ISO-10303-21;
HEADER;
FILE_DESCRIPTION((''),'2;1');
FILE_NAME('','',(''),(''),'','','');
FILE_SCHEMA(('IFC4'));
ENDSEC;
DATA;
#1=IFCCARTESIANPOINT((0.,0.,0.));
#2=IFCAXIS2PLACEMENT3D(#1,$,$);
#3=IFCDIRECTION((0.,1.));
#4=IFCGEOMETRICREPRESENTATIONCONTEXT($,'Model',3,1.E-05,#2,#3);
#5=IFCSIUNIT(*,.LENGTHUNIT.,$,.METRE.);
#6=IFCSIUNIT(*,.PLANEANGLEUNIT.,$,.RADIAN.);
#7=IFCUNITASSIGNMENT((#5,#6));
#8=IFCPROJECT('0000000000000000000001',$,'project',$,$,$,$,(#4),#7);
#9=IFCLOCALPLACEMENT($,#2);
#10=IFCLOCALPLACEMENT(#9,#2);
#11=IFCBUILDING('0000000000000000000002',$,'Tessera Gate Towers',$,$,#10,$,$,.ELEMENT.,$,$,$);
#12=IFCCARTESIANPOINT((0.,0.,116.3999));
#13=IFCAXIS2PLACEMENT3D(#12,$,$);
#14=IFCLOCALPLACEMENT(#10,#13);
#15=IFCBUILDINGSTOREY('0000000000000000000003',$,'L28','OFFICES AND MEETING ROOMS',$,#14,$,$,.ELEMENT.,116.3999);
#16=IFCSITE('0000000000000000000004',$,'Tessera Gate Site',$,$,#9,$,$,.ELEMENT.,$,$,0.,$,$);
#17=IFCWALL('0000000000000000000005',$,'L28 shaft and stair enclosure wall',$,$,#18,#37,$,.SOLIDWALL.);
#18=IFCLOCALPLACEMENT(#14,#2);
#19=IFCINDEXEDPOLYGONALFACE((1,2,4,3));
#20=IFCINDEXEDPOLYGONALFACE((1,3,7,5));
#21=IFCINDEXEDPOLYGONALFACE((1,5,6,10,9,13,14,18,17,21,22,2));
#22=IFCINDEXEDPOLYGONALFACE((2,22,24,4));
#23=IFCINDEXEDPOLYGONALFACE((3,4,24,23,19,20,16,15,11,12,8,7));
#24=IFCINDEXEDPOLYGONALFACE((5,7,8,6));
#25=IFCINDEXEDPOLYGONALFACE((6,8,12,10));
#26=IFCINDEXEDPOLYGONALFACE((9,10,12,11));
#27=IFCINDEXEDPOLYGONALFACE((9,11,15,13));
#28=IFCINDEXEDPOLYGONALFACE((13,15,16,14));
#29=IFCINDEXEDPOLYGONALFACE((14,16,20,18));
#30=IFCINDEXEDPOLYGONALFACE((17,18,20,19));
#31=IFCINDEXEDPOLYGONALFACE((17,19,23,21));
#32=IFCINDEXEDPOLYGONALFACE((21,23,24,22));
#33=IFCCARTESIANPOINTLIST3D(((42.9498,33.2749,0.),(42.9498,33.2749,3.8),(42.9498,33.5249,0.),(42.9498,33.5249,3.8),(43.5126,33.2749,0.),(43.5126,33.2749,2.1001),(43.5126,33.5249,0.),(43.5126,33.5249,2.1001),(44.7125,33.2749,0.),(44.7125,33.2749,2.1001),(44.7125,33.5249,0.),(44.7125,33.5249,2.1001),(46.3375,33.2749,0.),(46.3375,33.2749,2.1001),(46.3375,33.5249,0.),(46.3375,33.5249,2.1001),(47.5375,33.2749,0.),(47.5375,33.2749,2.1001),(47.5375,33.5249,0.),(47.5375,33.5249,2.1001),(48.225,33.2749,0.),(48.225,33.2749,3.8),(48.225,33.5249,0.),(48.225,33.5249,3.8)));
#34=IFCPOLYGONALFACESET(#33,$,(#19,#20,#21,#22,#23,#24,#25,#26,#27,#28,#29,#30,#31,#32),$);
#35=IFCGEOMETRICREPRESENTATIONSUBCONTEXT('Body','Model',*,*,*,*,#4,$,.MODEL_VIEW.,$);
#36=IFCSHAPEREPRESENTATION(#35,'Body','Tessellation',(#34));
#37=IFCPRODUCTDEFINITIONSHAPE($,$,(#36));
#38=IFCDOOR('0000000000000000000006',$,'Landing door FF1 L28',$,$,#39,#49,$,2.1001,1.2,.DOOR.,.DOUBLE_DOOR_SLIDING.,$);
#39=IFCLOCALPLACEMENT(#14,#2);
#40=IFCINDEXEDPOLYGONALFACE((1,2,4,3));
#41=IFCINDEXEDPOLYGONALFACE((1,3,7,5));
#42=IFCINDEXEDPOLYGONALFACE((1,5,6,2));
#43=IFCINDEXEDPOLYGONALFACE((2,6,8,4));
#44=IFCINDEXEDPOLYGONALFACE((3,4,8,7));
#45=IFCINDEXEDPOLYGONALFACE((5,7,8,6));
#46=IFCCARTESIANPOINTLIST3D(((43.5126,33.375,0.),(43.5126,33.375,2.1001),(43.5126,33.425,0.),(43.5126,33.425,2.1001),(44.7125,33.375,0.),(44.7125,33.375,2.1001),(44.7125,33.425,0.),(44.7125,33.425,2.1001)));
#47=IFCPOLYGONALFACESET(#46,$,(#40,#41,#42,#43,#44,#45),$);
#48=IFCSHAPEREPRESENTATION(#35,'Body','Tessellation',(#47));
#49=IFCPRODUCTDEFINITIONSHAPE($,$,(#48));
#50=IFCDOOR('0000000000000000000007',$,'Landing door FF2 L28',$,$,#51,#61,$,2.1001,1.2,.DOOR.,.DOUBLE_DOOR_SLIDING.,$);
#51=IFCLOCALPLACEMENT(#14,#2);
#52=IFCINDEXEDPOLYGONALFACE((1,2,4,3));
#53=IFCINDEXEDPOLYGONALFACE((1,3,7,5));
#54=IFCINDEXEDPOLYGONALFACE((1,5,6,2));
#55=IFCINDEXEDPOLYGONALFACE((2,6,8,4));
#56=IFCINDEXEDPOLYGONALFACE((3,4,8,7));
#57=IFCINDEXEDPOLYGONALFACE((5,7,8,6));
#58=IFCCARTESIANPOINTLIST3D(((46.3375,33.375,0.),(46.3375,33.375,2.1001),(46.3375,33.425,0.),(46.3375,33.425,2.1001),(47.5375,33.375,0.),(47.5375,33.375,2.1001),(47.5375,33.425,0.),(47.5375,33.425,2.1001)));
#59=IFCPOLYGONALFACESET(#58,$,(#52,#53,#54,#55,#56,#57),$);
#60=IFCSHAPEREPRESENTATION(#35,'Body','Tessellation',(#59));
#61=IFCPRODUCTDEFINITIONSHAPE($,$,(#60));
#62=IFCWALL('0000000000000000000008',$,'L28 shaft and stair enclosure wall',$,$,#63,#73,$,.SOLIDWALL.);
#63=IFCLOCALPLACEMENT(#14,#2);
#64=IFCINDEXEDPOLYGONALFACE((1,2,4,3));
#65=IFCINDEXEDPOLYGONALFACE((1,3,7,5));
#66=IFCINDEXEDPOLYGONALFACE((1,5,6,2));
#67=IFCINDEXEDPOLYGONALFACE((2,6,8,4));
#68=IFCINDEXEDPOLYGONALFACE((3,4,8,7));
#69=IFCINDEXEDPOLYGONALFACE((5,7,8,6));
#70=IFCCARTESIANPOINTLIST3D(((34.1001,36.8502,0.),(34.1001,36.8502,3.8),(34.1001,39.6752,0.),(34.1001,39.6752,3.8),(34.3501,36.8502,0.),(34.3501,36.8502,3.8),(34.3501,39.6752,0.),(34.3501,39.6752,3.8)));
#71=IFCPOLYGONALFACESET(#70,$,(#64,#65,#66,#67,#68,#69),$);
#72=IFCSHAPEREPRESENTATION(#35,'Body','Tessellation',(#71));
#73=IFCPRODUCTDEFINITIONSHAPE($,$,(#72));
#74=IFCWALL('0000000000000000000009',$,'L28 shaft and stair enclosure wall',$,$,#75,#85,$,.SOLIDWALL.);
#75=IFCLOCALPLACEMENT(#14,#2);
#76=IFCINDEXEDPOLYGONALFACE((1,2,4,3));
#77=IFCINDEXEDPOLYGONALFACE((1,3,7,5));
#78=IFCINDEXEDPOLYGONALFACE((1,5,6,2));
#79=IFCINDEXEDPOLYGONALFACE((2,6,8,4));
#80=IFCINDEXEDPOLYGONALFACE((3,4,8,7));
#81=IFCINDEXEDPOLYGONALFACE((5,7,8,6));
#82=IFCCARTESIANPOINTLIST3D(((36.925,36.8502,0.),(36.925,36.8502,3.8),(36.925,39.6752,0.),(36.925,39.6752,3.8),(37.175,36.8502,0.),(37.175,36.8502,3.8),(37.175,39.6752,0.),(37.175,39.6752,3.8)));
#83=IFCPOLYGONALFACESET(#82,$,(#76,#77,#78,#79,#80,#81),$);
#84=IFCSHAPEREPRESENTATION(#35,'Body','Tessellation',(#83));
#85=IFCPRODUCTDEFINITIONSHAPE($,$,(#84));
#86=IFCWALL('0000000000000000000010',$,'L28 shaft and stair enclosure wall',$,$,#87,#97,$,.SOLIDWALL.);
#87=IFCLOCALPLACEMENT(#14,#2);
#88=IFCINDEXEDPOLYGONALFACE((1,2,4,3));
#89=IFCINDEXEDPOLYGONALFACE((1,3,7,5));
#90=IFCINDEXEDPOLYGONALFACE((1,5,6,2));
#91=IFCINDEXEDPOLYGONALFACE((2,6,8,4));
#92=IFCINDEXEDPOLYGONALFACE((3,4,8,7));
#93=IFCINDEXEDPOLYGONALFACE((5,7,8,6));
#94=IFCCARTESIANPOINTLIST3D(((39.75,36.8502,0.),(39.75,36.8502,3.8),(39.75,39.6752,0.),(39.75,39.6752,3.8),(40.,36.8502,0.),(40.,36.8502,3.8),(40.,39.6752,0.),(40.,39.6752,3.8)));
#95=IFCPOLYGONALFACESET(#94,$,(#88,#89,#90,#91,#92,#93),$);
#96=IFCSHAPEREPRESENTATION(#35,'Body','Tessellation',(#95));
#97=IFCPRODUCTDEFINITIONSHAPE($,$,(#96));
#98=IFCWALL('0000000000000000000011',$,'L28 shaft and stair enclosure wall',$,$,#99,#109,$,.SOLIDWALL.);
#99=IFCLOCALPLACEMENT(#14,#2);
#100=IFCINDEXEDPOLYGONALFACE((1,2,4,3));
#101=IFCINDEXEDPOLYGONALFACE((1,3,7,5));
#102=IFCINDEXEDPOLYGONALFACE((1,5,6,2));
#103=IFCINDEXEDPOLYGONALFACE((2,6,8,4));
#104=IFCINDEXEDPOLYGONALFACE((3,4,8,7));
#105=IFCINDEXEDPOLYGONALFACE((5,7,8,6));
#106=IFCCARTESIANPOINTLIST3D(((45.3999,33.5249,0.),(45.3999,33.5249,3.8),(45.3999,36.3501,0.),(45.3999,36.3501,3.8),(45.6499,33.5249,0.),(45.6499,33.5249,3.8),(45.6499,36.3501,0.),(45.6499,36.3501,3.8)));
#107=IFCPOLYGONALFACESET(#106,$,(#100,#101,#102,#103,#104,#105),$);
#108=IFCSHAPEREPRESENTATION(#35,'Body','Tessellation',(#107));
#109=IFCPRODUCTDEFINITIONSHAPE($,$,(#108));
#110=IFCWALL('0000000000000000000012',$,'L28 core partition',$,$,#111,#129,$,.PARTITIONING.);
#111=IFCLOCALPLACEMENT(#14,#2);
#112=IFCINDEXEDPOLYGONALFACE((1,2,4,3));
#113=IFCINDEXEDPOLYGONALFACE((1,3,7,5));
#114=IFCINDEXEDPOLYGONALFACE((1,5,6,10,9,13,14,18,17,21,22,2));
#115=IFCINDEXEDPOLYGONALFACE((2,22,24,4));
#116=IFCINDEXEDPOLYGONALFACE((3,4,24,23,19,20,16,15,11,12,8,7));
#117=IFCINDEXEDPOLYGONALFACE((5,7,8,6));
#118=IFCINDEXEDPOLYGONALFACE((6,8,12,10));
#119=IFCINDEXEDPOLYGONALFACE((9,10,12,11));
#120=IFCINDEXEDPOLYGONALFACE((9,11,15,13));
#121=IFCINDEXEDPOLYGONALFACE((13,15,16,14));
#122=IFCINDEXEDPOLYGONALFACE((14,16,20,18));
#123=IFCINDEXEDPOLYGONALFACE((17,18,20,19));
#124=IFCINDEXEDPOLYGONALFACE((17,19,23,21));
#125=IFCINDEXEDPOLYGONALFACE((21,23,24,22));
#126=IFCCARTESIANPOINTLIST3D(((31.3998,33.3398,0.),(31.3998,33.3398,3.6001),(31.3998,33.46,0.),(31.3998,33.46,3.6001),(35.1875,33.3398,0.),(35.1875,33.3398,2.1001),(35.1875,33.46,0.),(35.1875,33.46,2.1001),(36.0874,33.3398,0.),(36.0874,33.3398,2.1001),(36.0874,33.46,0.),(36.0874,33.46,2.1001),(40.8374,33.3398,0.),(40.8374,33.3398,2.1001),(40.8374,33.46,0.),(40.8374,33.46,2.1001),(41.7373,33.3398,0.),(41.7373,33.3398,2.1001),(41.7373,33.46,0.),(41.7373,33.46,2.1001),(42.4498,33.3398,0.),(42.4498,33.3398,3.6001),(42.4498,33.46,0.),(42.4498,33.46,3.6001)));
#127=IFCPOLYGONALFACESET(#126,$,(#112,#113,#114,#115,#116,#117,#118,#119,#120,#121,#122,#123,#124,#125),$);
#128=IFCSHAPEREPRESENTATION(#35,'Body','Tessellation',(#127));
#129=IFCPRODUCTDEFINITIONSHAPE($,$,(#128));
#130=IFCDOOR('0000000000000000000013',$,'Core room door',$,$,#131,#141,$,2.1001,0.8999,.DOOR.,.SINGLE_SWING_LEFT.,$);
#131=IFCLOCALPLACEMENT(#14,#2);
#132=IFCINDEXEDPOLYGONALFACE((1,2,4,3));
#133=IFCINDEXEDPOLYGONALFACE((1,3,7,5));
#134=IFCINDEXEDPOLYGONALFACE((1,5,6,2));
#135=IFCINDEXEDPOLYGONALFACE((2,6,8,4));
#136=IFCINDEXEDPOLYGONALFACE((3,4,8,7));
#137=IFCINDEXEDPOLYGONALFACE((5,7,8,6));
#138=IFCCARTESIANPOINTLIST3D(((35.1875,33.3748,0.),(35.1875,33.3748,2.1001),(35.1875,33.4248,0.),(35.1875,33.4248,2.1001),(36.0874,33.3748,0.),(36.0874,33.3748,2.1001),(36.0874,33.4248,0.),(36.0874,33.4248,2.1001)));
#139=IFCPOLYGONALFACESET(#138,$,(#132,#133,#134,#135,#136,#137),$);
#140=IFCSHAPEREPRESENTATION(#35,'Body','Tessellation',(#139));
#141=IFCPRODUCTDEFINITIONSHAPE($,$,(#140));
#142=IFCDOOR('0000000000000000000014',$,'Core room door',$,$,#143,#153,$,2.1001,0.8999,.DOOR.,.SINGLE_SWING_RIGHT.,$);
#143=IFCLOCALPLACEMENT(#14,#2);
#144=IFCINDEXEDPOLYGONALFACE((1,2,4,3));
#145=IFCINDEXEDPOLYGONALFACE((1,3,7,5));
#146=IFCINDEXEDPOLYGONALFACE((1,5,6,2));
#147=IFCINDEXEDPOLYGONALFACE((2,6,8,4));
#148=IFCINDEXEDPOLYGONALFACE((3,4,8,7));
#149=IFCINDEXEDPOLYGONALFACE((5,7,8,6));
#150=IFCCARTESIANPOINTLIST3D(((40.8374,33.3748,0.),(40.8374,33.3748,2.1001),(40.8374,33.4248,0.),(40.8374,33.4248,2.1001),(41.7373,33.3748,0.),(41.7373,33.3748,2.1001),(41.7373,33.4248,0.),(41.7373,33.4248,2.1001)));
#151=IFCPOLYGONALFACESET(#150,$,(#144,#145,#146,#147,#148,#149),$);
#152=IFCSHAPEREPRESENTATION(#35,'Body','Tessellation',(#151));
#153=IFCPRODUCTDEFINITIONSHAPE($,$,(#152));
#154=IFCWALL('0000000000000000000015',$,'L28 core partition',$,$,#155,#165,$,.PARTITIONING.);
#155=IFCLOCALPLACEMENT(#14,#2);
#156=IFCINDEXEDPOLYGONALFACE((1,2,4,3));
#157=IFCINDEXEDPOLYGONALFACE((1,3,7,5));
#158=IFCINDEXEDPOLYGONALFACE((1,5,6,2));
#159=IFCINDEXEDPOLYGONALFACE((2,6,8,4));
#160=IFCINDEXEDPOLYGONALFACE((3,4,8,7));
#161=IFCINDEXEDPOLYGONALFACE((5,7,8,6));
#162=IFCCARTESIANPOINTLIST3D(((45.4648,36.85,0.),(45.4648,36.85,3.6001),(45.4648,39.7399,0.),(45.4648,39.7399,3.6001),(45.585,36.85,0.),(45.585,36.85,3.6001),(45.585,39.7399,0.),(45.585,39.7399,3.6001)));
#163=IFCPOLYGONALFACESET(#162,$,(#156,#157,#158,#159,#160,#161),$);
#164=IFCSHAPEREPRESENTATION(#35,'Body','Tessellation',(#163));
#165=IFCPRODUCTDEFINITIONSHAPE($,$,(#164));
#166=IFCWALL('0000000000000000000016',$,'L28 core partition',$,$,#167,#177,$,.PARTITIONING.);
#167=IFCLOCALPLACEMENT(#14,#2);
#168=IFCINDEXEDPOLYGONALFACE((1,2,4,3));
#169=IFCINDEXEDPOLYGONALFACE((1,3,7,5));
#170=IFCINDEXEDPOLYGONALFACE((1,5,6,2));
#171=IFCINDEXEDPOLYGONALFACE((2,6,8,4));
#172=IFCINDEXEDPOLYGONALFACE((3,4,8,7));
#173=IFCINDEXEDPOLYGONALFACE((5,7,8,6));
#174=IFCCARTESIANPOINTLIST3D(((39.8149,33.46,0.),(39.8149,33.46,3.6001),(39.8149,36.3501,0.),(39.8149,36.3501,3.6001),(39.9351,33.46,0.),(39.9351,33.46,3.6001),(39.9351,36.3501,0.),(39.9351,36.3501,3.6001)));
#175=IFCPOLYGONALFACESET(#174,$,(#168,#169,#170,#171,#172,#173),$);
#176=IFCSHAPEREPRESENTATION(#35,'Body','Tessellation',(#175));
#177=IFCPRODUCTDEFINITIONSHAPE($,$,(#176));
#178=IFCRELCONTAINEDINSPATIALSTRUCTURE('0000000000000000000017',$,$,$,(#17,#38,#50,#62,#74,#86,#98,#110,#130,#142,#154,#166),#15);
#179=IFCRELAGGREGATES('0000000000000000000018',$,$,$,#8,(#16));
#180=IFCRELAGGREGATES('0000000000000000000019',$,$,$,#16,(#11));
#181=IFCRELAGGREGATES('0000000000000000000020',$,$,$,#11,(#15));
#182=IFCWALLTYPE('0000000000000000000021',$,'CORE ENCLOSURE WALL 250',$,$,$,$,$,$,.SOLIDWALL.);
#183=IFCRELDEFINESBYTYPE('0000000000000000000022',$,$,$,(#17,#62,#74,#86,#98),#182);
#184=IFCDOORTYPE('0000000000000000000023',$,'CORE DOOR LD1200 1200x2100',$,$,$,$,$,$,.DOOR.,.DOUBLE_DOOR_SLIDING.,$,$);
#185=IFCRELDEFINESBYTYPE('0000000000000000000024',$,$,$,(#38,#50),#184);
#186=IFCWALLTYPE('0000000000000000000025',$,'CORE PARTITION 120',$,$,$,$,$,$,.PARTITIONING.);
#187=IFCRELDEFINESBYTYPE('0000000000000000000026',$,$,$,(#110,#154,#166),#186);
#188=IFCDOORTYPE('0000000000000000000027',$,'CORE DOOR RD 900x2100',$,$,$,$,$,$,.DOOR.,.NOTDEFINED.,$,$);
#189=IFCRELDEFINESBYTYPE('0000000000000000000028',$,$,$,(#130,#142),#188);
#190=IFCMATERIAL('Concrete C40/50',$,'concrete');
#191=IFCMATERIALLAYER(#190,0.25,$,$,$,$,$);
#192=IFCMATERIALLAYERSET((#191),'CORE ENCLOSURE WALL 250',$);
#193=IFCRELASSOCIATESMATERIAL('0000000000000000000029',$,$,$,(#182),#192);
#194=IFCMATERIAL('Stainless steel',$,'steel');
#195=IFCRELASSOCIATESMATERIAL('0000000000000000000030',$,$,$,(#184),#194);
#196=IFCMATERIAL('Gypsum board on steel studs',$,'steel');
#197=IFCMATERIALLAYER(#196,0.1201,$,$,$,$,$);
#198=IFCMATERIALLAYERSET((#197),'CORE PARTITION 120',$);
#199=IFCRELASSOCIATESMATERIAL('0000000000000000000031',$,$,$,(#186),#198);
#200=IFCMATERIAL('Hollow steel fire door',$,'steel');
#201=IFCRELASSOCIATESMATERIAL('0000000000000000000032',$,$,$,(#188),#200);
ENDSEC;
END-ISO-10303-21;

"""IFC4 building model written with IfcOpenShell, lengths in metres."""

from ifc_helpers import new_model, si_unit, direction, frame, frame_2d, origin, place, context, subcontext, project, spatial, rectangle, extrude, source, transform, mapped, material, layer, layer_set, type_object, element, fill, save


model = new_model("IFC4")

# Units and contexts
model_context = context("Model", 3, precision=1e-05, world=origin(), true_north=direction((0.0, 1.0)))
body_context = subcontext(model_context, "Body", "Model", "MODEL_VIEW")
ifc_project = project(units=[si_unit("LENGTHUNIT", "METRE"), si_unit("PLANEANGLEUNIT", "RADIAN")], contexts=[model_context])

# Site, building, storey
site_placement = place(None, origin())
site = spatial("IfcSite", under=ifc_project, at=site_placement, Name="Tessera Gate Site", CompositionType="ELEMENT", RefElevation=0.0)
building_placement = place(site_placement, origin())
building = spatial("IfcBuilding", under=site, at=building_placement, Name="Tessera Gate Towers", CompositionType="ELEMENT")
storey_placement = place(building_placement, frame((0.0, 0.0, 116.3999)))
storey = spatial("IfcBuildingStorey", under=building, at=storey_placement, Name="L28", Description="OFFICES AND MEETING ROOMS", CompositionType="ELEMENT", Elevation=116.3999)

# Shared definitions
ifc_material_1 = material(Name="Concrete C40/50", Category="concrete")
ifc_layer_1 = layer(ifc_material_1, 0.25)
ifc_layer_set_1 = layer_set([ifc_layer_1], Name="CORE ENCLOSURE WALL 250")
wall_type_1 = type_object("IfcWallType", Name="CORE ENCLOSURE WALL 250", PredefinedType="SOLIDWALL", material=ifc_layer_set_1)

# Shared definitions
shared_shape_1 = source(origin(), body_context, "Body", "SweptSolid", [
    extrude(rectangle(XDim=1.2, YDim=2.1001, at=frame_2d((0.6001, 1.05))), frame((0.0, 0.135, 0.0), z_axis=(0.0, -1.0, 0.0), x_axis=(1.0, 0.0, 0.0)), (0.0, 0.0, 1.0), 0.27),
])
shared_shape_2 = source(origin(), body_context, "Body", "SweptSolid", [
    extrude(rectangle(XDim=1.2, YDim=2.1001, at=frame_2d((0.6001, 1.05))), frame((0.0, 0.0249, 0.0), z_axis=(0.0, -1.0, 0.0), x_axis=(1.0, 0.0, 0.0)), (0.0, 0.0, 1.0), 0.05),
])

# Wall, openings, doors
wall_1_placement = place(storey_placement, frame((48.2251, 33.3999, 0.0), z_axis=(0.0, 0.0, 1.0), x_axis=(-1.0, 0.0, 0.0)))
wall_1 = element("IfcWall", 1, at=wall_1_placement, inside=storey, type_object=wall_type_1, Name="L28 shaft and stair enclosure wall", PredefinedType="SOLIDWALL", context=body_context, shape_type="SweptSolid", body=[
    extrude(rectangle(XDim=5.2751, YDim=0.25, at=frame_2d((2.6377, 0.0))), origin(), (0.0, 0.0, 1.0), 3.8),
])
opening_1_placement = place(wall_1_placement, frame((3.5125, 0.0, 0.0)))
opening_1 = element("IfcOpeningElement", 2, at=opening_1_placement, cuts=wall_1, PredefinedType="OPENING", context=body_context, shape_type="MappedRepresentation", body=[
    mapped(shared_shape_1, transform((0.0, 0.0, 0.0), scale=1.0)),
])
opening_2_placement = place(wall_1_placement, frame((0.6875, 0.0, 0.0)))
opening_2 = element("IfcOpeningElement", 3, at=opening_2_placement, cuts=wall_1, PredefinedType="OPENING", context=body_context, shape_type="MappedRepresentation", body=[
    mapped(shared_shape_1, transform((0.0, 0.0, 0.0), scale=1.0)),
])
ifc_material_2 = material(Name="Stainless steel", Category="steel")
door_type_1 = type_object("IfcDoorType", Name="CORE DOOR LD1200 1200x2100", OperationType="DOUBLE_DOOR_SLIDING", PredefinedType="DOOR", material=ifc_material_2)
door_1_placement = place(opening_1_placement, origin())
door_1 = element("IfcDoor", 4, at=door_1_placement, inside=storey, type_object=door_type_1, Name="Landing door FF1 L28", OperationType="DOUBLE_DOOR_SLIDING", OverallHeight=2.1001, OverallWidth=1.2, PredefinedType="DOOR", context=body_context, shape_type="MappedRepresentation", body=[
    mapped(shared_shape_2, transform((0.0, 0.0, 0.0), scale=1.0)),
])
fill(opening_1, door_1)
door_2_placement = place(opening_2_placement, origin())
door_2 = element("IfcDoor", 5, at=door_2_placement, inside=storey, type_object=door_type_1, Name="Landing door FF2 L28", OperationType="DOUBLE_DOOR_SLIDING", OverallHeight=2.1001, OverallWidth=1.2, PredefinedType="DOOR", context=body_context, shape_type="MappedRepresentation", body=[
    mapped(shared_shape_2, transform((0.0, 0.0, 0.0), scale=1.0)),
])
fill(opening_2, door_2)

# Walls
for number, where, z_axis, x_axis, name in (
    (6, (34.2251, 36.8501, 0.0), (0.0, 0.0, 1.0), (0.0, 1.0, 0.0), "L28 shaft and stair enclosure wall"),
    (7, (37.05, 36.8501, 0.0), (0.0, 0.0, 1.0), (0.0, 1.0, 0.0), "L28 shaft and stair enclosure wall"),
    (8, (39.875, 36.8501, 0.0), (0.0, 0.0, 1.0), (0.0, 1.0, 0.0), "L28 shaft and stair enclosure wall"),
):
    element("IfcWall", number, at=place(storey_placement, frame(where, z_axis=z_axis, x_axis=x_axis)), inside=storey, type_object=wall_type_1, Name=name, PredefinedType="SOLIDWALL", context=body_context, shape_type="SweptSolid", body=[
        extrude(rectangle(XDim=2.825, YDim=0.25, at=frame_2d((1.4126, 0.0))), origin(), (0.0, 0.0, 1.0), 3.8),
    ])
wall_2_placement = place(storey_placement, frame((45.5249, 33.5249, 0.0), z_axis=(0.0, 0.0, 1.0), x_axis=(0.0, 1.0, 0.0)))
element("IfcWall", 9, at=wall_2_placement, inside=storey, type_object=wall_type_1, Name="L28 shaft and stair enclosure wall", PredefinedType="SOLIDWALL", context=body_context, shape_type="SweptSolid", body=[
    extrude(rectangle(XDim=2.8252, YDim=0.25, at=frame_2d((1.4126, 0.0))), origin(), (0.0, 0.0, 1.0), 3.8),
])

# Wall, openings, doors
ifc_material_3 = material(Name="Gypsum board on steel studs", Category="steel")
ifc_layer_2 = layer(ifc_material_3, 0.1201)
ifc_layer_set_2 = layer_set([ifc_layer_2], Name="CORE PARTITION 120")
wall_type_2 = type_object("IfcWallType", Name="CORE PARTITION 120", PredefinedType="PARTITIONING", material=ifc_layer_set_2)
wall_3_placement = place(storey_placement, frame((31.3999, 33.3999, 0.0), z_axis=(0.0, 0.0, 1.0), x_axis=(1.0, 0.0, 0.0)))
wall_3 = element("IfcWall", 10, at=wall_3_placement, inside=storey, type_object=wall_type_2, Name="L28 core partition", PredefinedType="PARTITIONING", context=body_context, shape_type="SweptSolid", body=[
    extrude(rectangle(XDim=11.05, YDim=0.1201, at=frame_2d((5.5249, 0.0))), origin(), (0.0, 0.0, 1.0), 3.6001),
])
shared_shape_3 = source(origin(), body_context, "Body", "SweptSolid", [
    extrude(rectangle(XDim=0.8999, YDim=2.1001, at=frame_2d((0.45, 1.05))), frame((0.0, 0.0701, 0.0), z_axis=(0.0, -1.0, 0.0), x_axis=(1.0, 0.0, 0.0)), (0.0, 0.0, 1.0), 0.1401),
])
opening_3_placement = place(wall_3_placement, frame((3.7876, 0.0, 0.0)))
opening_3 = element("IfcOpeningElement", 11, at=opening_3_placement, cuts=wall_3, PredefinedType="OPENING", context=body_context, shape_type="MappedRepresentation", body=[
    mapped(shared_shape_3, transform((0.0, 0.0, 0.0), scale=1.0)),
])
opening_4_placement = place(wall_3_placement, frame((9.4375, 0.0, 0.0)))
opening_4 = element("IfcOpeningElement", 12, at=opening_4_placement, cuts=wall_3, PredefinedType="OPENING", context=body_context, shape_type="MappedRepresentation", body=[
    mapped(shared_shape_3, transform((0.0, 0.0, 0.0), scale=1.0)),
])
ifc_material_4 = material(Name="Hollow steel fire door", Category="steel")
door_type_2 = type_object("IfcDoorType", Name="CORE DOOR RD 900x2100", OperationType="NOTDEFINED", PredefinedType="DOOR", material=ifc_material_4)
shared_shape_4 = source(origin(), body_context, "Body", "SweptSolid", [
    extrude(rectangle(XDim=0.8999, YDim=2.1001, at=frame_2d((0.45, 1.05))), frame((0.0, 0.0249, 0.0), z_axis=(0.0, -1.0, 0.0), x_axis=(1.0, 0.0, 0.0)), (0.0, 0.0, 1.0), 0.05),
])
door_3_placement = place(opening_3_placement, origin())
door_3 = element("IfcDoor", 13, at=door_3_placement, inside=storey, type_object=door_type_2, Name="Core room door", OperationType="SINGLE_SWING_LEFT", OverallHeight=2.1001, OverallWidth=0.8999, PredefinedType="DOOR", context=body_context, shape_type="MappedRepresentation", body=[
    mapped(shared_shape_4, transform((0.0, 0.0, 0.0), scale=1.0)),
])
fill(opening_3, door_3)
door_4_placement = place(opening_4_placement, origin())
door_4 = element("IfcDoor", 14, at=door_4_placement, inside=storey, type_object=door_type_2, Name="Core room door", OperationType="SINGLE_SWING_RIGHT", OverallHeight=2.1001, OverallWidth=0.8999, PredefinedType="DOOR", context=body_context, shape_type="MappedRepresentation", body=[
    mapped(shared_shape_4, transform((0.0, 0.0, 0.0), scale=1.0)),
])
fill(opening_4, door_4)

# Walls
wall_4_placement = place(storey_placement, frame((45.5249, 36.8501, 0.0), z_axis=(0.0, 0.0, 1.0), x_axis=(0.0, 1.0, 0.0)))
element("IfcWall", 15, at=wall_4_placement, inside=storey, type_object=wall_type_2, Name="L28 core partition", PredefinedType="PARTITIONING", context=body_context, shape_type="SweptSolid", body=[
    extrude(rectangle(XDim=2.8899, YDim=0.1201, at=frame_2d((1.4448, 0.0))), origin(), (0.0, 0.0, 1.0), 3.6001),
])
wall_5_placement = place(storey_placement, frame((39.875, 33.46, 0.0), z_axis=(0.0, 0.0, 1.0), x_axis=(0.0, 1.0, 0.0)))
element("IfcWall", 16, at=wall_5_placement, inside=storey, type_object=wall_type_2, Name="L28 core partition", PredefinedType="PARTITIONING", context=body_context, shape_type="SweptSolid", body=[
    extrude(rectangle(XDim=2.8901, YDim=0.1201, at=frame_2d((1.4451, 0.0))), origin(), (0.0, 0.0, 1.0), 3.6001),
])

save(model, "model.ifc")
